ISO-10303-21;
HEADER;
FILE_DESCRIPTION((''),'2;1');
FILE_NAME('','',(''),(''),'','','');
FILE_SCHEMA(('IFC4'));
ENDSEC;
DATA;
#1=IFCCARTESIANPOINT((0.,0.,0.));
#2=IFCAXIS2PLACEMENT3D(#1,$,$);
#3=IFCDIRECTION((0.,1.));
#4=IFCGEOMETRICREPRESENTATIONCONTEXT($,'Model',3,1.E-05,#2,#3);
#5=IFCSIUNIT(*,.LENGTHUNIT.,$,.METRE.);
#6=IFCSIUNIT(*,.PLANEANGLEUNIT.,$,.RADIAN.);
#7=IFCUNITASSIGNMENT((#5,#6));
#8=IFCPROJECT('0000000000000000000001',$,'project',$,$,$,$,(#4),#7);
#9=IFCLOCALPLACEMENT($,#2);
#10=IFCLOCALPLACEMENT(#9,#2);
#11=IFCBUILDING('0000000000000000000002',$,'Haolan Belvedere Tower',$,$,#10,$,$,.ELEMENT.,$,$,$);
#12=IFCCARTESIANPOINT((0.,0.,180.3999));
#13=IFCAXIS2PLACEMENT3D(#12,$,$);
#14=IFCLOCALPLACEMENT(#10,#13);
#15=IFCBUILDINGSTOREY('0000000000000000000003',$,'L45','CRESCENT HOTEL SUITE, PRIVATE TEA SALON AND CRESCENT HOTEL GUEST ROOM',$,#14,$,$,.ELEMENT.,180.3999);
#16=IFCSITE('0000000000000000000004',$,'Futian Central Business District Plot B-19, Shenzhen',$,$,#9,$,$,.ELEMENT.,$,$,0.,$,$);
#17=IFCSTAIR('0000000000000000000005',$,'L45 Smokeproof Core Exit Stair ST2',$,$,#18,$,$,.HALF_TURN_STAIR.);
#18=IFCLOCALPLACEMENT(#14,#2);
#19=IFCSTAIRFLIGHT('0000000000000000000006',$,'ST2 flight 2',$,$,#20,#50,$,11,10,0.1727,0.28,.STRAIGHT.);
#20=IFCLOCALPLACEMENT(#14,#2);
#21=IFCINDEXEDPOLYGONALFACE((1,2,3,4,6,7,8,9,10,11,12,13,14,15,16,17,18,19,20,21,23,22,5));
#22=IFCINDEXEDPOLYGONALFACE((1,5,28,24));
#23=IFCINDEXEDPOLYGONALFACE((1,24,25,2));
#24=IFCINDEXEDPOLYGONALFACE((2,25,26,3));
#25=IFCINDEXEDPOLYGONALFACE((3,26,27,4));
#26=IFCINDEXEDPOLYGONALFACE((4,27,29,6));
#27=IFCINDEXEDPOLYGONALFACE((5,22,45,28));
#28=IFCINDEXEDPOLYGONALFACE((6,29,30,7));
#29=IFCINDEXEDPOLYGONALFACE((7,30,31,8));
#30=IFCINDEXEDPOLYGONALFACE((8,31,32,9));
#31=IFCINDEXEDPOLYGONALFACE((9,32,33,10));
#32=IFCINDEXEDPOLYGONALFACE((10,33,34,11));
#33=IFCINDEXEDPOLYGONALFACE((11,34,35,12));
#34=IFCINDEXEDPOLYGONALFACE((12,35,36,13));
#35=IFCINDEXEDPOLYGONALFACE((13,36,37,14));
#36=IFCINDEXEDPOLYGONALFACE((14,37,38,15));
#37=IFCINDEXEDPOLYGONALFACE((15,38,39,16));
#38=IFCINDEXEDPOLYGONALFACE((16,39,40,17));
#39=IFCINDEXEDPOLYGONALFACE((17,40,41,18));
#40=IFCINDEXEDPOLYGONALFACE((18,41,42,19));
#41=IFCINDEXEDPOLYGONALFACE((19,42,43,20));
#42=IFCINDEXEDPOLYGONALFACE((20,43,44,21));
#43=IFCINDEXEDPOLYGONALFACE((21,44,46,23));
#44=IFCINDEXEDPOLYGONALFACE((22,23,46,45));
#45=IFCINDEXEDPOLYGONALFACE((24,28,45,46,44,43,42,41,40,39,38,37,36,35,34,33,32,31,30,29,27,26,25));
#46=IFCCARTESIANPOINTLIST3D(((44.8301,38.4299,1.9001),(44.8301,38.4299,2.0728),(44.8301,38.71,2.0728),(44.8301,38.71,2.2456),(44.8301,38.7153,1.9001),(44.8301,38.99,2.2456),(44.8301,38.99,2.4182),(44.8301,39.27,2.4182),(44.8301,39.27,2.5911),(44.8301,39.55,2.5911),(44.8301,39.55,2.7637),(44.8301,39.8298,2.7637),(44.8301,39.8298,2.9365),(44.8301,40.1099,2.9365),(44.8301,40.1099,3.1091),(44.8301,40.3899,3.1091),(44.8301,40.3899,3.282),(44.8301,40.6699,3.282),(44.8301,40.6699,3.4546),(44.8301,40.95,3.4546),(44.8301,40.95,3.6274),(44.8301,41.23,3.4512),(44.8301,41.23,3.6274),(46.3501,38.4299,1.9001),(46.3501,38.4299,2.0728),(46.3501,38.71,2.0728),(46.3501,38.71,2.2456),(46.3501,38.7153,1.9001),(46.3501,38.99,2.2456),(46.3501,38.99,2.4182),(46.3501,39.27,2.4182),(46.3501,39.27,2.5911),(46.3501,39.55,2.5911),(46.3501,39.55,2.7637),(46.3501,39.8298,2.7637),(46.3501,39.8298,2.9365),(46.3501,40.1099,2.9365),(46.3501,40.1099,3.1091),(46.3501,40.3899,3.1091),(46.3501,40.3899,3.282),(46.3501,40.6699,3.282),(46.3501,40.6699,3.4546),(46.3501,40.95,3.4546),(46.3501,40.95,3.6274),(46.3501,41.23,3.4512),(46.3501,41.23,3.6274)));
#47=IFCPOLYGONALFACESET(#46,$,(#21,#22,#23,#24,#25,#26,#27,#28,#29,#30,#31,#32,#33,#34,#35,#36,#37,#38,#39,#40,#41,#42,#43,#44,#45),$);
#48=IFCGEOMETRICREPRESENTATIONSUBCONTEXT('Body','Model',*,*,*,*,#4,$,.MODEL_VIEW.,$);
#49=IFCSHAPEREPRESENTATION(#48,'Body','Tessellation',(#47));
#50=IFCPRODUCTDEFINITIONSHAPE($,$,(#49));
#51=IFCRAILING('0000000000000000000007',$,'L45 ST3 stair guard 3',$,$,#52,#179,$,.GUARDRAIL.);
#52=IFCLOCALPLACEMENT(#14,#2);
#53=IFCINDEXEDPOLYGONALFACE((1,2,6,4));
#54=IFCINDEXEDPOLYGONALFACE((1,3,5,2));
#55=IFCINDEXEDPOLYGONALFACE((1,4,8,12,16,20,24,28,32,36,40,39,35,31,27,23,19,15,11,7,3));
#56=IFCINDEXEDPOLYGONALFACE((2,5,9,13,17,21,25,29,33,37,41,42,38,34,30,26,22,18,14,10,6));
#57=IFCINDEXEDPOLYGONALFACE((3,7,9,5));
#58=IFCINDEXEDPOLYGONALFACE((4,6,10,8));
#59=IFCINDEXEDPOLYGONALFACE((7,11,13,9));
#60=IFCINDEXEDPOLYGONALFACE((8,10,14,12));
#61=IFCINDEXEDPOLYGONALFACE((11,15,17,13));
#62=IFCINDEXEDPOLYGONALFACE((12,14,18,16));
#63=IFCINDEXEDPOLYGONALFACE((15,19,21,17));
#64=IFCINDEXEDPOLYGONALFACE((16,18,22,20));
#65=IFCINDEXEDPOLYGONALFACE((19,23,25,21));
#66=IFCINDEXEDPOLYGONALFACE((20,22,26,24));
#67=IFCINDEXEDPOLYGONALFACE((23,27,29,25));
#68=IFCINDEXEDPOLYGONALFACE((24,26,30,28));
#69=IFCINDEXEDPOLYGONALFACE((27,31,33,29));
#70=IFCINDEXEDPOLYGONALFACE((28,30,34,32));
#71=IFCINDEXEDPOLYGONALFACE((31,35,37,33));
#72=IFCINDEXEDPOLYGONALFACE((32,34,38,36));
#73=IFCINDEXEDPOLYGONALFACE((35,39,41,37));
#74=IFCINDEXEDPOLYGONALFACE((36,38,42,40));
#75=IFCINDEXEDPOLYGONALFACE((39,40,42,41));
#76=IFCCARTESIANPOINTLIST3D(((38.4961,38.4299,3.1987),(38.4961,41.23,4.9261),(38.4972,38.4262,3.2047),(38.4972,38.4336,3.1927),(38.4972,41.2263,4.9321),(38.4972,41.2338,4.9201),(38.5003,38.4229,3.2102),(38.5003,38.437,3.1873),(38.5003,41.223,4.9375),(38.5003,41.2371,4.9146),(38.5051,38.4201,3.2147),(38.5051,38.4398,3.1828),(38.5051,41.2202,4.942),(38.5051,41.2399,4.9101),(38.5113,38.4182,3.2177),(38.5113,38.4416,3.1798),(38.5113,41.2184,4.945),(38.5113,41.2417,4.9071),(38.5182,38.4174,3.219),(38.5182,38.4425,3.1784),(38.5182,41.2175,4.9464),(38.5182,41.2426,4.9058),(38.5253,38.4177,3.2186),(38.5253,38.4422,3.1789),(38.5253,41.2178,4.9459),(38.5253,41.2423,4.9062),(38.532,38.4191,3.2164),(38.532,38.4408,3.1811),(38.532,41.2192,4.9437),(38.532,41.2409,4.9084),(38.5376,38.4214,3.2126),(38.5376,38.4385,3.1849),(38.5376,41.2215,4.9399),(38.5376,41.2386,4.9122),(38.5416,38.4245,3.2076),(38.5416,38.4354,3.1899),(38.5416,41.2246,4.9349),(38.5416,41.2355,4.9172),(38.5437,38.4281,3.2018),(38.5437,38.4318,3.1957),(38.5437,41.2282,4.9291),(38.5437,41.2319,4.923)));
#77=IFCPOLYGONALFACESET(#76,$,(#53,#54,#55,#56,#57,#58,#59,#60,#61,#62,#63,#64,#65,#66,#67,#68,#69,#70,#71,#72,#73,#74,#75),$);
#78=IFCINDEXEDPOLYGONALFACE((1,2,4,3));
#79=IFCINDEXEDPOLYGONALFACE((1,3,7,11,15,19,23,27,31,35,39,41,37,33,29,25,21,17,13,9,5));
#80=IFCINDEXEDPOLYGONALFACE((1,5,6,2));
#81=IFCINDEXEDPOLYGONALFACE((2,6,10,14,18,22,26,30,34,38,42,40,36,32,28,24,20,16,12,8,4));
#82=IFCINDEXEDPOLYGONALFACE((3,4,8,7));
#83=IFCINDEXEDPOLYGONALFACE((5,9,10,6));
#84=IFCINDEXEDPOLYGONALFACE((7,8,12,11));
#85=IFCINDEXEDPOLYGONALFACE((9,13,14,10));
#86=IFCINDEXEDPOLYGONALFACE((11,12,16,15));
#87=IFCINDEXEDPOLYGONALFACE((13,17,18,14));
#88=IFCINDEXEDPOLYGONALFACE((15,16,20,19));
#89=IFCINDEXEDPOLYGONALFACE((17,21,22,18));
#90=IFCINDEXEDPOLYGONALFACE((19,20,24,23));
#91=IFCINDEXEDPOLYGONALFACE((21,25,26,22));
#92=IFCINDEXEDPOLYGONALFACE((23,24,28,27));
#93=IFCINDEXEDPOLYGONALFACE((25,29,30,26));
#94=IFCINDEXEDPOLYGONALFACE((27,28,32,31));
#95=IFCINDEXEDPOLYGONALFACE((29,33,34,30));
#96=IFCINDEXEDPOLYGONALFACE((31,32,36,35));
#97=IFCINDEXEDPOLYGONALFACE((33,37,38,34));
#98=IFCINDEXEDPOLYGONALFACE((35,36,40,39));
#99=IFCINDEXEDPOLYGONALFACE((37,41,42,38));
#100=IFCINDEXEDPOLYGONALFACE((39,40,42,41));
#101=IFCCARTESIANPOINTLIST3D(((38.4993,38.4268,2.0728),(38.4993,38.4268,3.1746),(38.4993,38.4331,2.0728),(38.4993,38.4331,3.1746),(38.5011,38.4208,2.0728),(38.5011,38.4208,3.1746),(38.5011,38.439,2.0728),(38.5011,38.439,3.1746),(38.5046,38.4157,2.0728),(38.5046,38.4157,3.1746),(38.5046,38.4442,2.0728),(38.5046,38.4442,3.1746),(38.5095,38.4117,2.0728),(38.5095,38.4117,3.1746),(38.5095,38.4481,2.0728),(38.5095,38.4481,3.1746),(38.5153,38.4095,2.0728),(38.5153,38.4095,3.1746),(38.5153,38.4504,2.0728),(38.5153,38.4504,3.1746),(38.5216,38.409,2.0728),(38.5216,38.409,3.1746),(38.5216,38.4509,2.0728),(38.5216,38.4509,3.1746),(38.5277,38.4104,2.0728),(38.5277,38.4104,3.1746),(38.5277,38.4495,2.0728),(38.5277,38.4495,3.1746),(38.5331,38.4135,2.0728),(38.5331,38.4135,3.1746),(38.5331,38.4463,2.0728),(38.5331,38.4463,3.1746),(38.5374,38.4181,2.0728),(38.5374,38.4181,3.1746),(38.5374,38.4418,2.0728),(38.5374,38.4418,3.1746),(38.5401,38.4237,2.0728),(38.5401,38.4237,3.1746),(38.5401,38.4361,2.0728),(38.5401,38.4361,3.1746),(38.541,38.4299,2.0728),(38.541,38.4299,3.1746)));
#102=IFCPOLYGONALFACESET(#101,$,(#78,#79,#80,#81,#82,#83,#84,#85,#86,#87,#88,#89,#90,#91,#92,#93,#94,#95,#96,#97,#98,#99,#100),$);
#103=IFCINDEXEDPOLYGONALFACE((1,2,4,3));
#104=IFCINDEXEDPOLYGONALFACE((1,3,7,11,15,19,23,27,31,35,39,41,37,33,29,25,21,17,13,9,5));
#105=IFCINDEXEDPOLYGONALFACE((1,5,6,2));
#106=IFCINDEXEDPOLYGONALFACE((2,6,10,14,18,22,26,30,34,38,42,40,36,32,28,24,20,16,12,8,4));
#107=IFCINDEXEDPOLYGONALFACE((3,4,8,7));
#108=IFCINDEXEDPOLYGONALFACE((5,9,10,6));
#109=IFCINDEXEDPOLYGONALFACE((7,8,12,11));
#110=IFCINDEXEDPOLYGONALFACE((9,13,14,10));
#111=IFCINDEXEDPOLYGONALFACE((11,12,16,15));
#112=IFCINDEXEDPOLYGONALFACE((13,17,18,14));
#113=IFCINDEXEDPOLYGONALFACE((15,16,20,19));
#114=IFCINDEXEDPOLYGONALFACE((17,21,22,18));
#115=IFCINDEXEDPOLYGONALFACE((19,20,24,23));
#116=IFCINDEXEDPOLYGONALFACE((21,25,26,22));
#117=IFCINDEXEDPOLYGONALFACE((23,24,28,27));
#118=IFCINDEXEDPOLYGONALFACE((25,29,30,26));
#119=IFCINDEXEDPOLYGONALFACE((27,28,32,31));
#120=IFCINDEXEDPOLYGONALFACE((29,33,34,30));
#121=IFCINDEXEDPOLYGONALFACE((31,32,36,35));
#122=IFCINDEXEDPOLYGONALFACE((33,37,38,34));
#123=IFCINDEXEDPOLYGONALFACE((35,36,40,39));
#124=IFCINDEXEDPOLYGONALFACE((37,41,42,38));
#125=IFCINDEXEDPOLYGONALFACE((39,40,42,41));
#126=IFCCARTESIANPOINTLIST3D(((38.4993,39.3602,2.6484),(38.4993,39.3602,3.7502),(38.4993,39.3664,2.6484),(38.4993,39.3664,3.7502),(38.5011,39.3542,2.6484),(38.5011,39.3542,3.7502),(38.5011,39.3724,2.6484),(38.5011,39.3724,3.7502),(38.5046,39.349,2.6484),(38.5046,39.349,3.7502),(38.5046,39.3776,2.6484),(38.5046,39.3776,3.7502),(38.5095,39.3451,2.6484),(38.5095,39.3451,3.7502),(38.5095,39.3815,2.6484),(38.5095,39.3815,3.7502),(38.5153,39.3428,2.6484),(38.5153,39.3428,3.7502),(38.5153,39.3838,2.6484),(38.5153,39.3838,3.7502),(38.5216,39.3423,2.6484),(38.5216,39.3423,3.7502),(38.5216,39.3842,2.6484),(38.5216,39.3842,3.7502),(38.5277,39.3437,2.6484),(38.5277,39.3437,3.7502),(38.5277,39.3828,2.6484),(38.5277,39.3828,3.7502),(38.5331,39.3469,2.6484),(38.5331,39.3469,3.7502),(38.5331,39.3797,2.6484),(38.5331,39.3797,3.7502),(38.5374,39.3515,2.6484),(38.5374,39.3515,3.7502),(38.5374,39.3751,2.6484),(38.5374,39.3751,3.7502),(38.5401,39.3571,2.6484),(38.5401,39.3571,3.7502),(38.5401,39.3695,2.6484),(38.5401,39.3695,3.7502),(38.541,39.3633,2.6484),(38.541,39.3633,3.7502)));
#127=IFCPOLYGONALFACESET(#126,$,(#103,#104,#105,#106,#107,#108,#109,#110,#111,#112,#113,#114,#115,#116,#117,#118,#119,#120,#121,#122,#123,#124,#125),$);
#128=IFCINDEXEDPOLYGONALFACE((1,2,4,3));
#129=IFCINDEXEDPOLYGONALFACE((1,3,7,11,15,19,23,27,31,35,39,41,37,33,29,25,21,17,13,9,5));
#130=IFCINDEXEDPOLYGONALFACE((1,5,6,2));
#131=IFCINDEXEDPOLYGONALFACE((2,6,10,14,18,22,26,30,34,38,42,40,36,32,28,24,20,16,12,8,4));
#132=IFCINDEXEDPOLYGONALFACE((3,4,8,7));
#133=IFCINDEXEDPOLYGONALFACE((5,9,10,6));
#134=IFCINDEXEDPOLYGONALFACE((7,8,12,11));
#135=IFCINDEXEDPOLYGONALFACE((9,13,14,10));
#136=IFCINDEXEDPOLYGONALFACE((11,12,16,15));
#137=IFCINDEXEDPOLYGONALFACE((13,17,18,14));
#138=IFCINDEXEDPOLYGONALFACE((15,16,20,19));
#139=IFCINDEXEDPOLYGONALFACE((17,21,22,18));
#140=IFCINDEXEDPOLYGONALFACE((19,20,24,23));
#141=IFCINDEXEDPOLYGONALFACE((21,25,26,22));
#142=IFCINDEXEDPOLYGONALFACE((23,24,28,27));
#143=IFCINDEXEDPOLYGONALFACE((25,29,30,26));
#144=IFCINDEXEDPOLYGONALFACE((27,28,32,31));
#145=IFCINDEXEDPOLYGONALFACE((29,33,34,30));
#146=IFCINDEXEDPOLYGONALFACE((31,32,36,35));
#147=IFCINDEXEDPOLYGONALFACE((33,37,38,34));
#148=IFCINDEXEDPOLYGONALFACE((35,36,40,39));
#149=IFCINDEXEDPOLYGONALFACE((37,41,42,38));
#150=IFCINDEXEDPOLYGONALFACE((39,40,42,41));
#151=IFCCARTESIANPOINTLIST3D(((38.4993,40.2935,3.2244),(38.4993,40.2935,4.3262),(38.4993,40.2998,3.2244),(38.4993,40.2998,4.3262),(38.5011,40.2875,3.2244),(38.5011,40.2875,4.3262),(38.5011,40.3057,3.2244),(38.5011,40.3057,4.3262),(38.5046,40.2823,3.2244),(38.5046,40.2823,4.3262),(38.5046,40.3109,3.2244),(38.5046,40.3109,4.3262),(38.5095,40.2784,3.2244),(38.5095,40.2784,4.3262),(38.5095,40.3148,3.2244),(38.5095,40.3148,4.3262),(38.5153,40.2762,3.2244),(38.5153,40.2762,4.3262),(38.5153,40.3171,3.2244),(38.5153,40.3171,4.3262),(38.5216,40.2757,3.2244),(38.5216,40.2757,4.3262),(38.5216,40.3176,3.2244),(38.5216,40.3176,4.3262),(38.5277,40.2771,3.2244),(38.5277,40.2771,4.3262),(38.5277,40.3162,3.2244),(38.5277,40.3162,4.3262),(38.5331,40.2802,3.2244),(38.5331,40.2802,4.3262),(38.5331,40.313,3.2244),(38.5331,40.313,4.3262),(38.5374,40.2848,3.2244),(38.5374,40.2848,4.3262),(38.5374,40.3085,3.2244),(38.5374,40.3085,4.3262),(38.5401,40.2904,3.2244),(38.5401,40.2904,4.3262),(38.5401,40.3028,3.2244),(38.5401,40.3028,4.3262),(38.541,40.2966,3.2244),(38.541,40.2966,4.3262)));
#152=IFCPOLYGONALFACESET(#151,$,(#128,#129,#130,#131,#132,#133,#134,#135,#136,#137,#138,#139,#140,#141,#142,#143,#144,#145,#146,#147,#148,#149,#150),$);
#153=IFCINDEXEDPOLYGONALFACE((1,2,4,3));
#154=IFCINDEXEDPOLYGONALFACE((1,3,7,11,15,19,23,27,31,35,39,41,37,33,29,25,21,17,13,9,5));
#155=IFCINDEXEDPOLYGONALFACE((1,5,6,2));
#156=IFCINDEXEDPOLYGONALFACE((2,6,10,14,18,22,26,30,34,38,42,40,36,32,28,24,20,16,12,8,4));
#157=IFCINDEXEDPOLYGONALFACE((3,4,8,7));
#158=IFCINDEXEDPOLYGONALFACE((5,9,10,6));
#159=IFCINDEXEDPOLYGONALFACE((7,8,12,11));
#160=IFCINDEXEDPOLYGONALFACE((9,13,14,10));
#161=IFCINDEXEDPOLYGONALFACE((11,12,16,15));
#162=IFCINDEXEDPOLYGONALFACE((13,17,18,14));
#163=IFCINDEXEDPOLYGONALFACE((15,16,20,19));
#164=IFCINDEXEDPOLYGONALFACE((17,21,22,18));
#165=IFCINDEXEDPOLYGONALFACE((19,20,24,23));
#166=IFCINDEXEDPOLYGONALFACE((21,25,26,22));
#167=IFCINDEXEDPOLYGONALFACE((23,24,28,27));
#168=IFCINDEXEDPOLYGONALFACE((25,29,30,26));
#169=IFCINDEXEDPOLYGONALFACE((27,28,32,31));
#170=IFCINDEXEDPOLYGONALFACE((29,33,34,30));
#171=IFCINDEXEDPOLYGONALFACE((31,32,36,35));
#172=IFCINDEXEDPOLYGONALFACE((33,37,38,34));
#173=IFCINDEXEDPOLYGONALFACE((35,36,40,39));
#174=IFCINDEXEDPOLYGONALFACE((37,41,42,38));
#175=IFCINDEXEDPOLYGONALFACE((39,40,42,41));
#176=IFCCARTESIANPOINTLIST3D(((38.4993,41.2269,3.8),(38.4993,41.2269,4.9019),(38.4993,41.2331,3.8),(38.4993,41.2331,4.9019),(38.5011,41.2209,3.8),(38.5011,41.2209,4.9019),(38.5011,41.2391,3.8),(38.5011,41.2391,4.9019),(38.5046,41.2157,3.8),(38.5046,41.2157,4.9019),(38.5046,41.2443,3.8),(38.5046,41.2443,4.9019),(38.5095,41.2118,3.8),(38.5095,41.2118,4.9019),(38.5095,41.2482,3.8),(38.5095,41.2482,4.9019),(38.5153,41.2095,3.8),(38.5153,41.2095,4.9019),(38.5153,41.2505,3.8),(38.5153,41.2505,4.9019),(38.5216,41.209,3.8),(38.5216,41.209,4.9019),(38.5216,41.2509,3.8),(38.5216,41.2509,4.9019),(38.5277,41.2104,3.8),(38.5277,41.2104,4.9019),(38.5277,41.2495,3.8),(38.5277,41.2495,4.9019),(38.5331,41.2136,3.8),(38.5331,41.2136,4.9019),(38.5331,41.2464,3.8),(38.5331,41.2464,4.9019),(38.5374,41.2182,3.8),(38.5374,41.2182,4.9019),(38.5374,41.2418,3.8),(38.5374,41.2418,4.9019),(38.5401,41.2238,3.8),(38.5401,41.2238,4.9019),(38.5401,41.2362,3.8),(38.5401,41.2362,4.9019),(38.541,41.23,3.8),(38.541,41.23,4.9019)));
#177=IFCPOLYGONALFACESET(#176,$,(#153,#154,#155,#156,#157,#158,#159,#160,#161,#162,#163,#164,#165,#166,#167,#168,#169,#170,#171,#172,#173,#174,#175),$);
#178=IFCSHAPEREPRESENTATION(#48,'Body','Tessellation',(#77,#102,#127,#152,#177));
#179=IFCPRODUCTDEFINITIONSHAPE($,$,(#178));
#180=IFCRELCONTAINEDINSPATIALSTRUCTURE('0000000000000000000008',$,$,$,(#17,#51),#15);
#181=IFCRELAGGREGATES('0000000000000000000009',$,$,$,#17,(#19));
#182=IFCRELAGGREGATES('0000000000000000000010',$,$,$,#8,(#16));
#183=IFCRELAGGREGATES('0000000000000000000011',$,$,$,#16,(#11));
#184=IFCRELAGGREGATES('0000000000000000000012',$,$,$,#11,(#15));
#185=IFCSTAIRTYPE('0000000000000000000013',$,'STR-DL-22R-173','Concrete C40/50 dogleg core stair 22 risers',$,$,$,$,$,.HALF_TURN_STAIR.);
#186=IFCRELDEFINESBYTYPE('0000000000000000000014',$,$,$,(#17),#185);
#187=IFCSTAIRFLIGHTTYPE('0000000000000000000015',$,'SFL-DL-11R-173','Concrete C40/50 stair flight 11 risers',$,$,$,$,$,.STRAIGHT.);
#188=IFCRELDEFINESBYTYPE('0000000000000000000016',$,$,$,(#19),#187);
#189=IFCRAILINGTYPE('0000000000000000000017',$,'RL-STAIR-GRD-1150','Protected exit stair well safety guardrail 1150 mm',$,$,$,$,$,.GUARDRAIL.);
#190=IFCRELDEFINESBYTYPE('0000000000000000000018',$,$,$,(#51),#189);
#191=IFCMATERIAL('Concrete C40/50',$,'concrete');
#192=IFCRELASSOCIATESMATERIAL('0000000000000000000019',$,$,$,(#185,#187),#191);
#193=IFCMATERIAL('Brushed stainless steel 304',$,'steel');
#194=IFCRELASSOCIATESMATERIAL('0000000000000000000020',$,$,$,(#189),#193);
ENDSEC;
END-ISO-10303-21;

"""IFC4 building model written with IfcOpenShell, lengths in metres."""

from ifc_helpers import new_model, si_unit, direction, frame, origin, origin_2d, place, context, subcontext, project, spatial, polyline, circle, outline, extrude, material, type_object, element, aggregate, save


model = new_model("IFC4")

# Units and contexts
model_context = context("Model", 3, precision=1e-05, world=origin(), true_north=direction((0.0, 1.0)))
body_context = subcontext(model_context, "Body", "Model", "MODEL_VIEW")
ifc_project = project(units=[si_unit("LENGTHUNIT", "METRE"), si_unit("PLANEANGLEUNIT", "RADIAN")], contexts=[model_context])

# Site, building, storey
site_placement = place(None, origin())
site = spatial("IfcSite", under=ifc_project, at=site_placement, Name="Futian Central Business District Plot B-19, Shenzhen", CompositionType="ELEMENT", RefElevation=0.0)
building_placement = place(site_placement, origin())
building = spatial("IfcBuilding", under=site, at=building_placement, Name="Haolan Belvedere Tower", CompositionType="ELEMENT")
storey_placement = place(building_placement, frame((0.0, 0.0, 180.3999)))
storey = spatial("IfcBuildingStorey", under=building, at=storey_placement, Name="L45", Description="CRESCENT HOTEL SUITE, PRIVATE TEA SALON AND CRESCENT HOTEL GUEST ROOM", CompositionType="ELEMENT", Elevation=180.3999)

# Shared definitions
ifc_material_1 = material(Name="Concrete C40/50", Category="concrete")
stair_type = type_object("IfcStairType", Name="STR-DL-22R-173", Description="Concrete C40/50 dogleg core stair 22 risers", PredefinedType="HALF_TURN_STAIR", material=ifc_material_1)
stair_flight_type = type_object("IfcStairFlightType", Name="SFL-DL-11R-173", Description="Concrete C40/50 stair flight 11 risers", PredefinedType="STRAIGHT", material=ifc_material_1)

# Stair, stair flight
stair_1_placement = place(storey_placement, origin())
stair_1 = element("IfcStair", 1, at=stair_1_placement, inside=storey, type_object=stair_type, Name="L45 Smokeproof Core Exit Stair ST2", PredefinedType="HALF_TURN_STAIR")
stair_flight_1_placement = place(storey_placement, frame((45.5901, 38.4299, 1.9001), z_axis=(0.0, 0.0, 1.0), x_axis=(0.0, 1.0, 0.0)))
stair_flight_1 = element("IfcStairFlight", 2, at=stair_flight_1_placement, type_object=stair_flight_type, Name="ST2 flight 2", NumberOfRisers=11, NumberOfTreads=10, PredefinedType="STRAIGHT", RiserHeight=0.1727, TreadLength=0.28, context=body_context, shape_type="SweptSolid", body=[
    extrude(outline(polyline([(0.0, 0.0), (0.0, 0.1726), (0.28, 0.1726), (0.28, 0.3455), (0.5601, 0.3455), (0.5601, 0.5181), (0.8401, 0.5181), (0.8401, 0.6909), (1.1201, 0.6909), (1.1201, 0.8635), (1.3999, 0.8635), (1.3999, 1.0364), (1.6799, 1.0364), (1.6799, 1.209), (1.96, 1.209), (1.96, 1.3818), (2.24, 1.3818), (2.24, 1.5544), (2.52, 1.5544), (2.52, 1.7273), (2.8, 1.7273), (2.8, 1.8999), (2.8, 1.551), (0.2854, 0.0), (0.0, 0.0)])), frame((0.0, 0.76, 0.0), z_axis=(0.0, -1.0, 0.0), x_axis=(1.0, 0.0, 0.0)), (0.0, 0.0, 1.0), 1.52),
])
aggregate(stair_1, [stair_flight_1])

# Railing
ifc_material_2 = material(Name="Brushed stainless steel 304", Category="steel")
railing_type_1 = type_object("IfcRailingType", Name="RL-STAIR-GRD-1150", Description="Protected exit stair well safety guardrail 1150 mm", PredefinedType="GUARDRAIL", material=ifc_material_2)
railing_1_placement = place(storey_placement, frame((38.52, 38.4299, 2.0728)))
element("IfcRailing", 3, at=railing_1_placement, inside=storey, type_object=railing_type_1, Name="L45 ST3 stair guard 3", PredefinedType="GUARDRAIL", context=body_context, shape_type="SweptSolid", body=[
    extrude(circle(Radius=0.0239, at=origin_2d()), frame((0.0, 0.0, 1.126), z_axis=(0.0, 0.85109, 0.52502), x_axis=(-1.0, 0.0, 0.0)), (0.0, 0.0, 1.0), 3.29),
    extrude(circle(Radius=0.021, at=origin_2d()), origin(), (0.0, 0.0, 1.0), 1.1018),
    extrude(circle(Radius=0.021, at=origin_2d()), frame((0.0, 0.9333, 0.5757)), (0.0, 0.0, 1.0), 1.1018),
    extrude(circle(Radius=0.021, at=origin_2d()), frame((0.0, 1.8667, 1.1516)), (0.0, 0.0, 1.0), 1.1018),
    extrude(circle(Radius=0.021, at=origin_2d()), frame((0.0, 2.8, 1.7273)), (0.0, 0.0, 1.0), 1.1018),
])

save(model, "model.ifc")
